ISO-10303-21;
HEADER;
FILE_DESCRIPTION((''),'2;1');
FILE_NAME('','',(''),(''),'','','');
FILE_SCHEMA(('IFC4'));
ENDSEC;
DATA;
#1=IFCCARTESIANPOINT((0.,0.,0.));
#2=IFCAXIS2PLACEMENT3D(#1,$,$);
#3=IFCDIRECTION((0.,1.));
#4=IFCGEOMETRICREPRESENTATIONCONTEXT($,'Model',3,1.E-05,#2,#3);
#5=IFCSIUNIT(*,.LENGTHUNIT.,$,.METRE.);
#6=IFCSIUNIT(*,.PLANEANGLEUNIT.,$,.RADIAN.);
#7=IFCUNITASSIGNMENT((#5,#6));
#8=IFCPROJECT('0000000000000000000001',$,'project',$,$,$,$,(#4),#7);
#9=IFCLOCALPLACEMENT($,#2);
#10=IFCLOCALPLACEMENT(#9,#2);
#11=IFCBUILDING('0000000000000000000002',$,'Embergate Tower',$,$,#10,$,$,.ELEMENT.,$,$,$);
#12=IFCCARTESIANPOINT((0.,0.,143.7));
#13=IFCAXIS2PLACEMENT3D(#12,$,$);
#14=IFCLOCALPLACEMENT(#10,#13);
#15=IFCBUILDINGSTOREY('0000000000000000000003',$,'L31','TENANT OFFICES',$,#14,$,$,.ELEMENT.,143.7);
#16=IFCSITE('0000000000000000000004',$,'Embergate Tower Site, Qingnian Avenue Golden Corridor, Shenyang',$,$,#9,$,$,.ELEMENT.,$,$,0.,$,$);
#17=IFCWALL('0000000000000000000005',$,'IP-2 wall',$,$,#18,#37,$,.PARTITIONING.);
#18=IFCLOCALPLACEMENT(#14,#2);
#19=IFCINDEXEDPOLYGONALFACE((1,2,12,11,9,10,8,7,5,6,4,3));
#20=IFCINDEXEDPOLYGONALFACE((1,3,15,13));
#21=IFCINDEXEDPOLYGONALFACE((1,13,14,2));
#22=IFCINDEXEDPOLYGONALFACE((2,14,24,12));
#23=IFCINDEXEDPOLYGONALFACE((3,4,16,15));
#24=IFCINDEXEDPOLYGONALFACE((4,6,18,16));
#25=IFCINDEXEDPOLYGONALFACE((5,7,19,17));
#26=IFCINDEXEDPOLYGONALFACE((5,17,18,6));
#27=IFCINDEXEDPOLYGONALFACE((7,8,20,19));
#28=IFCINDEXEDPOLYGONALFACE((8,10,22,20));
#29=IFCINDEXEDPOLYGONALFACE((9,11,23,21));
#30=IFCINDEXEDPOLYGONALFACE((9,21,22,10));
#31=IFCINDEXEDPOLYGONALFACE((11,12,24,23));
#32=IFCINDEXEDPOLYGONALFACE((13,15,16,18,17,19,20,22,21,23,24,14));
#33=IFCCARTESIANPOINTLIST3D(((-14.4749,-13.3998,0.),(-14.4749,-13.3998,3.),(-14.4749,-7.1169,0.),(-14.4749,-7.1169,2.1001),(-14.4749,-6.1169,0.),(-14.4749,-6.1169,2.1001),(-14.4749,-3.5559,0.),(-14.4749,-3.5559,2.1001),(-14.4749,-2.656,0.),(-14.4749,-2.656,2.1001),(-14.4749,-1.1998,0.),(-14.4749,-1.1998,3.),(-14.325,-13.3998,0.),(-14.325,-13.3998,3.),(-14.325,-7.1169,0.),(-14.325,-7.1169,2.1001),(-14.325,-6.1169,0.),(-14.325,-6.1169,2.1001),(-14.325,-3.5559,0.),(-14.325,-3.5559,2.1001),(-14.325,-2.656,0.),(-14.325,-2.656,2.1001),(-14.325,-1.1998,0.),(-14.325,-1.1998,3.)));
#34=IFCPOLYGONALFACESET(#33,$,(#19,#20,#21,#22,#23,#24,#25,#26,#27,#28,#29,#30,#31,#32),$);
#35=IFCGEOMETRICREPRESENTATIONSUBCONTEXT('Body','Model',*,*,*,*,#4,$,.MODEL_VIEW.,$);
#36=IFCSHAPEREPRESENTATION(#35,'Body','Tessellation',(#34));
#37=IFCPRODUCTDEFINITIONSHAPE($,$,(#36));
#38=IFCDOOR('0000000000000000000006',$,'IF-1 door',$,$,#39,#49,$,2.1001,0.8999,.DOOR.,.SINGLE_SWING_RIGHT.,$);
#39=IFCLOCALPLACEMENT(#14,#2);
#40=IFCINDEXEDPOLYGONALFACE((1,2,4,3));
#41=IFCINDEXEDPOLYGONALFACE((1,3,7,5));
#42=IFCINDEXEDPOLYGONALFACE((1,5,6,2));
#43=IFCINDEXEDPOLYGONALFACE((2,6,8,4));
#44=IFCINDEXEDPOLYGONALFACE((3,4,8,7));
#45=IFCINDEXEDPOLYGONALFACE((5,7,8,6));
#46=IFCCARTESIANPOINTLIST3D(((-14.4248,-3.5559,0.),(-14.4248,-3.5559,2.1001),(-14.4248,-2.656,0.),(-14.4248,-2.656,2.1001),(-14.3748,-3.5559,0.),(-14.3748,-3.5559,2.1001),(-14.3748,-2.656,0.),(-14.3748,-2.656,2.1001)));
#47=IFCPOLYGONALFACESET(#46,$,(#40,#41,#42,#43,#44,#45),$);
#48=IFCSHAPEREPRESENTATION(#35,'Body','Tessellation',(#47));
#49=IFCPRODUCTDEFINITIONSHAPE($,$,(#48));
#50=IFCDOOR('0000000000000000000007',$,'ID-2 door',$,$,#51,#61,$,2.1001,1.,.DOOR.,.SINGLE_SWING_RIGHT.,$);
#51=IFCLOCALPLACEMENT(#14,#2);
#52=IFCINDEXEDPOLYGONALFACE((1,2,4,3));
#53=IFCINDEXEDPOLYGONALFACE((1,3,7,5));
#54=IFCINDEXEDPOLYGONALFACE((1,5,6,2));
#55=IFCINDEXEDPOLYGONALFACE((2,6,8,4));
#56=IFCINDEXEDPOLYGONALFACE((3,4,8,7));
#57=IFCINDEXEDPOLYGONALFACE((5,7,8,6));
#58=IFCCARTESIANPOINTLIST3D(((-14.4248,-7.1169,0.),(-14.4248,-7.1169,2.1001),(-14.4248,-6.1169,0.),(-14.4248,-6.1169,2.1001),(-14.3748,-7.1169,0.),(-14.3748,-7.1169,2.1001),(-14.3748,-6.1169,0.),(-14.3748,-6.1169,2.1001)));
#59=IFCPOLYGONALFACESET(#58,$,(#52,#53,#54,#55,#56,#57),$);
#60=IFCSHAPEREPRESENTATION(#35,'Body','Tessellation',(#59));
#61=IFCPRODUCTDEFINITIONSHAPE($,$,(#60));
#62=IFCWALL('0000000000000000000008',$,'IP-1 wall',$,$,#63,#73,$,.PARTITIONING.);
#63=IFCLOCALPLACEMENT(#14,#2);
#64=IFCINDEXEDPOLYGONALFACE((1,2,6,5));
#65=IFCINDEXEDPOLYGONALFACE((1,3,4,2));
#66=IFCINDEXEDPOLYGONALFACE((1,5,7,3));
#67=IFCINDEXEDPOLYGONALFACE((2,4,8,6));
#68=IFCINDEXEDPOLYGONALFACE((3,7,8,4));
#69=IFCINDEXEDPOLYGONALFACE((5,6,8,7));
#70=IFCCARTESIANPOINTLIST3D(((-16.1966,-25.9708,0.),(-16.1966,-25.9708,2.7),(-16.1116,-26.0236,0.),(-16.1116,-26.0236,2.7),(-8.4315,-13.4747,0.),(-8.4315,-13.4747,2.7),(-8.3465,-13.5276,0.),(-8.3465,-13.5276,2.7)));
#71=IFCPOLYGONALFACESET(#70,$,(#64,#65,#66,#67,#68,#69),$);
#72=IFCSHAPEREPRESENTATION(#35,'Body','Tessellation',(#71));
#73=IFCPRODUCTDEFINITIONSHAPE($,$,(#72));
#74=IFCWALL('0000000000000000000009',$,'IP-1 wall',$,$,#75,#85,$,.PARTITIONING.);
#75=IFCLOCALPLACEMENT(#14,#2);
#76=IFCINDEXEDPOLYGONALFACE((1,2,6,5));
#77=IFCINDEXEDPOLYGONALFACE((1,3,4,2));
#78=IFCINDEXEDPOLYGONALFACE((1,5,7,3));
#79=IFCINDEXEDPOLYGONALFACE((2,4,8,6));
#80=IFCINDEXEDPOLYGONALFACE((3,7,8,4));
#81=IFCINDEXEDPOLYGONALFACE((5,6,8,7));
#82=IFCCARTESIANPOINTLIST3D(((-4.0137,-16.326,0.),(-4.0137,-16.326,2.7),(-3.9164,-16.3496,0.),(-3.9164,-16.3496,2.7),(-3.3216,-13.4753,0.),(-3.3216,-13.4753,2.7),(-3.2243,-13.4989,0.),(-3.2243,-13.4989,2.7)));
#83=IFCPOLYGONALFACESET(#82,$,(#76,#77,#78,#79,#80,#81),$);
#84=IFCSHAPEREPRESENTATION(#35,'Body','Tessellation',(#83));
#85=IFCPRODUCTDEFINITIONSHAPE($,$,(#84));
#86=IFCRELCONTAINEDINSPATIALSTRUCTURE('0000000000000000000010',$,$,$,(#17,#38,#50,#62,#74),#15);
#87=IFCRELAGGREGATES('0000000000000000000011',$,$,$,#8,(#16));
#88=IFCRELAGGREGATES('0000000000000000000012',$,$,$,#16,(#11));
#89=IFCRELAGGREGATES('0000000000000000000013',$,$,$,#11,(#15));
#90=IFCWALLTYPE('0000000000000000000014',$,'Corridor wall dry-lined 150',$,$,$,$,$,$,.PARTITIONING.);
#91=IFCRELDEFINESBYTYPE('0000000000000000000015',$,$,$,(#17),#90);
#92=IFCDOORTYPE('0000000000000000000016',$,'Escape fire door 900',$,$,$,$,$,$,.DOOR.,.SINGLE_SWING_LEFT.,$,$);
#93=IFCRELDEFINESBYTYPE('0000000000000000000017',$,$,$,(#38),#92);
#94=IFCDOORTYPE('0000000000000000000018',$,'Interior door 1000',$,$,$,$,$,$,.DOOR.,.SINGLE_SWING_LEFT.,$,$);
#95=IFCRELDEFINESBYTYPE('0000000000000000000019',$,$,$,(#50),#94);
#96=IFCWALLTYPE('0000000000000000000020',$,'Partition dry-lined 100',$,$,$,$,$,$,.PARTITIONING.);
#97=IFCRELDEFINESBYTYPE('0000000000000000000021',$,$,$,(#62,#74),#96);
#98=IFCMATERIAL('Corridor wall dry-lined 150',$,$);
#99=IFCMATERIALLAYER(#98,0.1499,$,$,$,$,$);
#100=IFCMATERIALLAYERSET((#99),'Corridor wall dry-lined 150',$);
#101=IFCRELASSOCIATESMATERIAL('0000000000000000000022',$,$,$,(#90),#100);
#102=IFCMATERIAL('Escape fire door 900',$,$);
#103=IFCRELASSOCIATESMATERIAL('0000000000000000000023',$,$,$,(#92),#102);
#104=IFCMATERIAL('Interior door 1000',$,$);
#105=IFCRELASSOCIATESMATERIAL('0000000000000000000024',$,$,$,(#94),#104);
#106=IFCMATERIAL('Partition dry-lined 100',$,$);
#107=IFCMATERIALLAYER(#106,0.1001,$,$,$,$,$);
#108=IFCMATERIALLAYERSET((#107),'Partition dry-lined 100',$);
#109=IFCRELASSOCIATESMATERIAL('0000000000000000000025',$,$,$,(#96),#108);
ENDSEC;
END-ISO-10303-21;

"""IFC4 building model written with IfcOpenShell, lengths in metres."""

from ifc_helpers import new_model, si_unit, direction, frame, frame_2d, origin, place, context, subcontext, project, spatial, rectangle, extrude, source, transform, mapped, material, layer, layer_set, type_object, element, fill, save


model = new_model("IFC4")

# Units and contexts
model_context = context("Model", 3, precision=1e-05, world=origin(), true_north=direction((0.0, 1.0)))
body_context = subcontext(model_context, "Body", "Model", "MODEL_VIEW")
ifc_project = project(units=[si_unit("LENGTHUNIT", "METRE"), si_unit("PLANEANGLEUNIT", "RADIAN")], contexts=[model_context])

# Site, building, storey
site_placement = place(None, origin())
site = spatial("IfcSite", under=ifc_project, at=site_placement, Name="Embergate Tower Site, Qingnian Avenue Golden Corridor, Shenyang", CompositionType="ELEMENT", RefElevation=0.0)
building_placement = place(site_placement, origin())
building = spatial("IfcBuilding", under=site, at=building_placement, Name="Embergate Tower", CompositionType="ELEMENT")
storey_placement = place(building_placement, frame((0.0, 0.0, 143.7)))
storey = spatial("IfcBuildingStorey", under=building, at=storey_placement, Name="L31", Description="TENANT OFFICES", CompositionType="ELEMENT", Elevation=143.7)

# Wall, openings, doors
shared_shape_1 = source(origin(), body_context, "Body", "SweptSolid", [
    extrude(rectangle(XDim=1.0, YDim=2.1001, at=frame_2d((0.5, 1.05))), frame((0.0, 0.0249, 0.0), z_axis=(0.0, -1.0, 0.0), x_axis=(1.0, 0.0, 0.0)), (0.0, 0.0, 1.0), 0.05),
])
ifc_material_1 = material(Name="Corridor wall dry-lined 150")
ifc_layer_1 = layer(ifc_material_1, 0.1499)
ifc_layer_set_1 = layer_set([ifc_layer_1], Name="Corridor wall dry-lined 150")
wall_type_1 = type_object("IfcWallType", Name="Corridor wall dry-lined 150", PredefinedType="PARTITIONING", material=ifc_layer_set_1)
shared_shape_2 = source(origin(), body_context, "Body", "SweptSolid", [
    extrude(rectangle(XDim=12.2, YDim=0.1499, at=frame_2d((6.1001, 0.0))), origin(), (0.0, 0.0, 1.0), 3.0),
])
wall_1_placement = place(storey_placement, frame((-14.3999, -13.3999, 0.0), z_axis=(0.0, 0.0, 1.0), x_axis=(0.0, 1.0, 0.0)))
wall_1 = element("IfcWall", 1, at=wall_1_placement, inside=storey, type_object=wall_type_1, Name="IP-2 wall", PredefinedType="PARTITIONING", context=body_context, shape_type="MappedRepresentation", body=[
    mapped(shared_shape_2, transform((0.0, 0.0, 0.0))),
])
shared_shape_3 = source(origin(), body_context, "Body", "SweptSolid", [
    extrude(rectangle(XDim=1.0, YDim=2.1001, at=frame_2d((0.5, 1.05))), frame((0.0, 0.085, 0.0), z_axis=(0.0, -1.0, 0.0), x_axis=(1.0, 0.0, 0.0)), (0.0, 0.0, 1.0), 0.1699),
])
opening_1_placement = place(wall_1_placement, frame((6.283, 0.0, 0.0)))
opening_1 = element("IfcOpeningElement", 2, at=opening_1_placement, cuts=wall_1, PredefinedType="OPENING", context=body_context, shape_type="MappedRepresentation", body=[
    mapped(shared_shape_3, transform((0.0, 0.0, 0.0))),
])
shared_shape_4 = source(origin(), body_context, "Body", "SweptSolid", [
    extrude(rectangle(XDim=0.8999, YDim=2.1001, at=frame_2d((0.45, 1.05))), frame((0.0, 0.085, 0.0), z_axis=(0.0, -1.0, 0.0), x_axis=(1.0, 0.0, 0.0)), (0.0, 0.0, 1.0), 0.1699),
])
opening_2_placement = place(wall_1_placement, frame((9.844, 0.0, 0.0)))
opening_2 = element("IfcOpeningElement", 3, at=opening_2_placement, cuts=wall_1, PredefinedType="OPENING", context=body_context, shape_type="MappedRepresentation", body=[
    mapped(shared_shape_4, transform((0.0, 0.0, 0.0))),
])
ifc_material_2 = material(Name="Escape fire door 900")
door_type_1 = type_object("IfcDoorType", Name="Escape fire door 900", OperationType="SINGLE_SWING_LEFT", PredefinedType="DOOR", material=ifc_material_2)
shared_shape_5 = source(origin(), body_context, "Body", "SweptSolid", [
    extrude(rectangle(XDim=0.8999, YDim=2.1001, at=frame_2d((0.45, 1.05))), frame((0.0, 0.0249, 0.0), z_axis=(0.0, -1.0, 0.0), x_axis=(1.0, 0.0, 0.0)), (0.0, 0.0, 1.0), 0.05),
])
door_1_placement = place(opening_2_placement, origin())
door_1 = element("IfcDoor", 4, at=door_1_placement, inside=storey, type_object=door_type_1, Name="IF-1 door", OperationType="SINGLE_SWING_RIGHT", OverallHeight=2.1001, OverallWidth=0.8999, PredefinedType="DOOR", context=body_context, shape_type="MappedRepresentation", body=[
    mapped(shared_shape_5, transform((0.0, 0.0, 0.0))),
])
fill(opening_2, door_1)
ifc_material_3 = material(Name="Interior door 1000")
door_type_2 = type_object("IfcDoorType", Name="Interior door 1000", OperationType="SINGLE_SWING_LEFT", PredefinedType="DOOR", material=ifc_material_3)
door_2_placement = place(opening_1_placement, origin())
door_2 = element("IfcDoor", 5, at=door_2_placement, inside=storey, type_object=door_type_2, Name="ID-2 door", OperationType="SINGLE_SWING_RIGHT", OverallHeight=2.1001, OverallWidth=1.0, PredefinedType="DOOR", context=body_context, shape_type="MappedRepresentation", body=[
    mapped(shared_shape_1, transform((0.0, 0.0, 0.0))),
])
fill(opening_1, door_2)

# Walls
ifc_material_4 = material(Name="Partition dry-lined 100")
ifc_layer_2 = layer(ifc_material_4, 0.1001)
ifc_layer_set_2 = layer_set([ifc_layer_2], Name="Partition dry-lined 100")
wall_type_2 = type_object("IfcWallType", Name="Partition dry-lined 100", PredefinedType="PARTITIONING", material=ifc_layer_set_2)
shared_shape_6 = source(origin(), body_context, "Body", "SweptSolid", [
    extrude(rectangle(XDim=14.7122, YDim=0.1001, at=frame_2d((7.356, 0.0))), origin(), (0.0, 0.0, 1.0), 2.7),
])
wall_2_placement = place(storey_placement, frame((-16.1541, -25.9971, 0.0), z_axis=(0.0, 0.0, 1.0), x_axis=(0.527801, 0.849368, 0.0)))
element("IfcWall", 6, at=wall_2_placement, inside=storey, type_object=wall_type_2, Name="IP-1 wall", PredefinedType="PARTITIONING", context=body_context, shape_type="MappedRepresentation", body=[
    mapped(shared_shape_6, transform((0.0, 0.0, 0.0))),
])
shared_shape_7 = source(origin(), body_context, "Body", "SweptSolid", [
    extrude(rectangle(XDim=2.9336, YDim=0.1001, at=frame_2d((1.4668, 0.0))), origin(), (0.0, 0.0, 1.0), 2.7),
])
wall_3_placement = place(storey_placement, frame((-3.2729, -13.4871, 0.0), z_axis=(0.0, 0.0, 1.0), x_axis=(-0.235931, -0.97177, 0.0)))
element("IfcWall", 7, at=wall_3_placement, inside=storey, type_object=wall_type_2, Name="IP-1 wall", PredefinedType="PARTITIONING", context=body_context, shape_type="MappedRepresentation", body=[
    mapped(shared_shape_7, transform((0.0, 0.0, 0.0))),
])

save(model, "model.ifc")
